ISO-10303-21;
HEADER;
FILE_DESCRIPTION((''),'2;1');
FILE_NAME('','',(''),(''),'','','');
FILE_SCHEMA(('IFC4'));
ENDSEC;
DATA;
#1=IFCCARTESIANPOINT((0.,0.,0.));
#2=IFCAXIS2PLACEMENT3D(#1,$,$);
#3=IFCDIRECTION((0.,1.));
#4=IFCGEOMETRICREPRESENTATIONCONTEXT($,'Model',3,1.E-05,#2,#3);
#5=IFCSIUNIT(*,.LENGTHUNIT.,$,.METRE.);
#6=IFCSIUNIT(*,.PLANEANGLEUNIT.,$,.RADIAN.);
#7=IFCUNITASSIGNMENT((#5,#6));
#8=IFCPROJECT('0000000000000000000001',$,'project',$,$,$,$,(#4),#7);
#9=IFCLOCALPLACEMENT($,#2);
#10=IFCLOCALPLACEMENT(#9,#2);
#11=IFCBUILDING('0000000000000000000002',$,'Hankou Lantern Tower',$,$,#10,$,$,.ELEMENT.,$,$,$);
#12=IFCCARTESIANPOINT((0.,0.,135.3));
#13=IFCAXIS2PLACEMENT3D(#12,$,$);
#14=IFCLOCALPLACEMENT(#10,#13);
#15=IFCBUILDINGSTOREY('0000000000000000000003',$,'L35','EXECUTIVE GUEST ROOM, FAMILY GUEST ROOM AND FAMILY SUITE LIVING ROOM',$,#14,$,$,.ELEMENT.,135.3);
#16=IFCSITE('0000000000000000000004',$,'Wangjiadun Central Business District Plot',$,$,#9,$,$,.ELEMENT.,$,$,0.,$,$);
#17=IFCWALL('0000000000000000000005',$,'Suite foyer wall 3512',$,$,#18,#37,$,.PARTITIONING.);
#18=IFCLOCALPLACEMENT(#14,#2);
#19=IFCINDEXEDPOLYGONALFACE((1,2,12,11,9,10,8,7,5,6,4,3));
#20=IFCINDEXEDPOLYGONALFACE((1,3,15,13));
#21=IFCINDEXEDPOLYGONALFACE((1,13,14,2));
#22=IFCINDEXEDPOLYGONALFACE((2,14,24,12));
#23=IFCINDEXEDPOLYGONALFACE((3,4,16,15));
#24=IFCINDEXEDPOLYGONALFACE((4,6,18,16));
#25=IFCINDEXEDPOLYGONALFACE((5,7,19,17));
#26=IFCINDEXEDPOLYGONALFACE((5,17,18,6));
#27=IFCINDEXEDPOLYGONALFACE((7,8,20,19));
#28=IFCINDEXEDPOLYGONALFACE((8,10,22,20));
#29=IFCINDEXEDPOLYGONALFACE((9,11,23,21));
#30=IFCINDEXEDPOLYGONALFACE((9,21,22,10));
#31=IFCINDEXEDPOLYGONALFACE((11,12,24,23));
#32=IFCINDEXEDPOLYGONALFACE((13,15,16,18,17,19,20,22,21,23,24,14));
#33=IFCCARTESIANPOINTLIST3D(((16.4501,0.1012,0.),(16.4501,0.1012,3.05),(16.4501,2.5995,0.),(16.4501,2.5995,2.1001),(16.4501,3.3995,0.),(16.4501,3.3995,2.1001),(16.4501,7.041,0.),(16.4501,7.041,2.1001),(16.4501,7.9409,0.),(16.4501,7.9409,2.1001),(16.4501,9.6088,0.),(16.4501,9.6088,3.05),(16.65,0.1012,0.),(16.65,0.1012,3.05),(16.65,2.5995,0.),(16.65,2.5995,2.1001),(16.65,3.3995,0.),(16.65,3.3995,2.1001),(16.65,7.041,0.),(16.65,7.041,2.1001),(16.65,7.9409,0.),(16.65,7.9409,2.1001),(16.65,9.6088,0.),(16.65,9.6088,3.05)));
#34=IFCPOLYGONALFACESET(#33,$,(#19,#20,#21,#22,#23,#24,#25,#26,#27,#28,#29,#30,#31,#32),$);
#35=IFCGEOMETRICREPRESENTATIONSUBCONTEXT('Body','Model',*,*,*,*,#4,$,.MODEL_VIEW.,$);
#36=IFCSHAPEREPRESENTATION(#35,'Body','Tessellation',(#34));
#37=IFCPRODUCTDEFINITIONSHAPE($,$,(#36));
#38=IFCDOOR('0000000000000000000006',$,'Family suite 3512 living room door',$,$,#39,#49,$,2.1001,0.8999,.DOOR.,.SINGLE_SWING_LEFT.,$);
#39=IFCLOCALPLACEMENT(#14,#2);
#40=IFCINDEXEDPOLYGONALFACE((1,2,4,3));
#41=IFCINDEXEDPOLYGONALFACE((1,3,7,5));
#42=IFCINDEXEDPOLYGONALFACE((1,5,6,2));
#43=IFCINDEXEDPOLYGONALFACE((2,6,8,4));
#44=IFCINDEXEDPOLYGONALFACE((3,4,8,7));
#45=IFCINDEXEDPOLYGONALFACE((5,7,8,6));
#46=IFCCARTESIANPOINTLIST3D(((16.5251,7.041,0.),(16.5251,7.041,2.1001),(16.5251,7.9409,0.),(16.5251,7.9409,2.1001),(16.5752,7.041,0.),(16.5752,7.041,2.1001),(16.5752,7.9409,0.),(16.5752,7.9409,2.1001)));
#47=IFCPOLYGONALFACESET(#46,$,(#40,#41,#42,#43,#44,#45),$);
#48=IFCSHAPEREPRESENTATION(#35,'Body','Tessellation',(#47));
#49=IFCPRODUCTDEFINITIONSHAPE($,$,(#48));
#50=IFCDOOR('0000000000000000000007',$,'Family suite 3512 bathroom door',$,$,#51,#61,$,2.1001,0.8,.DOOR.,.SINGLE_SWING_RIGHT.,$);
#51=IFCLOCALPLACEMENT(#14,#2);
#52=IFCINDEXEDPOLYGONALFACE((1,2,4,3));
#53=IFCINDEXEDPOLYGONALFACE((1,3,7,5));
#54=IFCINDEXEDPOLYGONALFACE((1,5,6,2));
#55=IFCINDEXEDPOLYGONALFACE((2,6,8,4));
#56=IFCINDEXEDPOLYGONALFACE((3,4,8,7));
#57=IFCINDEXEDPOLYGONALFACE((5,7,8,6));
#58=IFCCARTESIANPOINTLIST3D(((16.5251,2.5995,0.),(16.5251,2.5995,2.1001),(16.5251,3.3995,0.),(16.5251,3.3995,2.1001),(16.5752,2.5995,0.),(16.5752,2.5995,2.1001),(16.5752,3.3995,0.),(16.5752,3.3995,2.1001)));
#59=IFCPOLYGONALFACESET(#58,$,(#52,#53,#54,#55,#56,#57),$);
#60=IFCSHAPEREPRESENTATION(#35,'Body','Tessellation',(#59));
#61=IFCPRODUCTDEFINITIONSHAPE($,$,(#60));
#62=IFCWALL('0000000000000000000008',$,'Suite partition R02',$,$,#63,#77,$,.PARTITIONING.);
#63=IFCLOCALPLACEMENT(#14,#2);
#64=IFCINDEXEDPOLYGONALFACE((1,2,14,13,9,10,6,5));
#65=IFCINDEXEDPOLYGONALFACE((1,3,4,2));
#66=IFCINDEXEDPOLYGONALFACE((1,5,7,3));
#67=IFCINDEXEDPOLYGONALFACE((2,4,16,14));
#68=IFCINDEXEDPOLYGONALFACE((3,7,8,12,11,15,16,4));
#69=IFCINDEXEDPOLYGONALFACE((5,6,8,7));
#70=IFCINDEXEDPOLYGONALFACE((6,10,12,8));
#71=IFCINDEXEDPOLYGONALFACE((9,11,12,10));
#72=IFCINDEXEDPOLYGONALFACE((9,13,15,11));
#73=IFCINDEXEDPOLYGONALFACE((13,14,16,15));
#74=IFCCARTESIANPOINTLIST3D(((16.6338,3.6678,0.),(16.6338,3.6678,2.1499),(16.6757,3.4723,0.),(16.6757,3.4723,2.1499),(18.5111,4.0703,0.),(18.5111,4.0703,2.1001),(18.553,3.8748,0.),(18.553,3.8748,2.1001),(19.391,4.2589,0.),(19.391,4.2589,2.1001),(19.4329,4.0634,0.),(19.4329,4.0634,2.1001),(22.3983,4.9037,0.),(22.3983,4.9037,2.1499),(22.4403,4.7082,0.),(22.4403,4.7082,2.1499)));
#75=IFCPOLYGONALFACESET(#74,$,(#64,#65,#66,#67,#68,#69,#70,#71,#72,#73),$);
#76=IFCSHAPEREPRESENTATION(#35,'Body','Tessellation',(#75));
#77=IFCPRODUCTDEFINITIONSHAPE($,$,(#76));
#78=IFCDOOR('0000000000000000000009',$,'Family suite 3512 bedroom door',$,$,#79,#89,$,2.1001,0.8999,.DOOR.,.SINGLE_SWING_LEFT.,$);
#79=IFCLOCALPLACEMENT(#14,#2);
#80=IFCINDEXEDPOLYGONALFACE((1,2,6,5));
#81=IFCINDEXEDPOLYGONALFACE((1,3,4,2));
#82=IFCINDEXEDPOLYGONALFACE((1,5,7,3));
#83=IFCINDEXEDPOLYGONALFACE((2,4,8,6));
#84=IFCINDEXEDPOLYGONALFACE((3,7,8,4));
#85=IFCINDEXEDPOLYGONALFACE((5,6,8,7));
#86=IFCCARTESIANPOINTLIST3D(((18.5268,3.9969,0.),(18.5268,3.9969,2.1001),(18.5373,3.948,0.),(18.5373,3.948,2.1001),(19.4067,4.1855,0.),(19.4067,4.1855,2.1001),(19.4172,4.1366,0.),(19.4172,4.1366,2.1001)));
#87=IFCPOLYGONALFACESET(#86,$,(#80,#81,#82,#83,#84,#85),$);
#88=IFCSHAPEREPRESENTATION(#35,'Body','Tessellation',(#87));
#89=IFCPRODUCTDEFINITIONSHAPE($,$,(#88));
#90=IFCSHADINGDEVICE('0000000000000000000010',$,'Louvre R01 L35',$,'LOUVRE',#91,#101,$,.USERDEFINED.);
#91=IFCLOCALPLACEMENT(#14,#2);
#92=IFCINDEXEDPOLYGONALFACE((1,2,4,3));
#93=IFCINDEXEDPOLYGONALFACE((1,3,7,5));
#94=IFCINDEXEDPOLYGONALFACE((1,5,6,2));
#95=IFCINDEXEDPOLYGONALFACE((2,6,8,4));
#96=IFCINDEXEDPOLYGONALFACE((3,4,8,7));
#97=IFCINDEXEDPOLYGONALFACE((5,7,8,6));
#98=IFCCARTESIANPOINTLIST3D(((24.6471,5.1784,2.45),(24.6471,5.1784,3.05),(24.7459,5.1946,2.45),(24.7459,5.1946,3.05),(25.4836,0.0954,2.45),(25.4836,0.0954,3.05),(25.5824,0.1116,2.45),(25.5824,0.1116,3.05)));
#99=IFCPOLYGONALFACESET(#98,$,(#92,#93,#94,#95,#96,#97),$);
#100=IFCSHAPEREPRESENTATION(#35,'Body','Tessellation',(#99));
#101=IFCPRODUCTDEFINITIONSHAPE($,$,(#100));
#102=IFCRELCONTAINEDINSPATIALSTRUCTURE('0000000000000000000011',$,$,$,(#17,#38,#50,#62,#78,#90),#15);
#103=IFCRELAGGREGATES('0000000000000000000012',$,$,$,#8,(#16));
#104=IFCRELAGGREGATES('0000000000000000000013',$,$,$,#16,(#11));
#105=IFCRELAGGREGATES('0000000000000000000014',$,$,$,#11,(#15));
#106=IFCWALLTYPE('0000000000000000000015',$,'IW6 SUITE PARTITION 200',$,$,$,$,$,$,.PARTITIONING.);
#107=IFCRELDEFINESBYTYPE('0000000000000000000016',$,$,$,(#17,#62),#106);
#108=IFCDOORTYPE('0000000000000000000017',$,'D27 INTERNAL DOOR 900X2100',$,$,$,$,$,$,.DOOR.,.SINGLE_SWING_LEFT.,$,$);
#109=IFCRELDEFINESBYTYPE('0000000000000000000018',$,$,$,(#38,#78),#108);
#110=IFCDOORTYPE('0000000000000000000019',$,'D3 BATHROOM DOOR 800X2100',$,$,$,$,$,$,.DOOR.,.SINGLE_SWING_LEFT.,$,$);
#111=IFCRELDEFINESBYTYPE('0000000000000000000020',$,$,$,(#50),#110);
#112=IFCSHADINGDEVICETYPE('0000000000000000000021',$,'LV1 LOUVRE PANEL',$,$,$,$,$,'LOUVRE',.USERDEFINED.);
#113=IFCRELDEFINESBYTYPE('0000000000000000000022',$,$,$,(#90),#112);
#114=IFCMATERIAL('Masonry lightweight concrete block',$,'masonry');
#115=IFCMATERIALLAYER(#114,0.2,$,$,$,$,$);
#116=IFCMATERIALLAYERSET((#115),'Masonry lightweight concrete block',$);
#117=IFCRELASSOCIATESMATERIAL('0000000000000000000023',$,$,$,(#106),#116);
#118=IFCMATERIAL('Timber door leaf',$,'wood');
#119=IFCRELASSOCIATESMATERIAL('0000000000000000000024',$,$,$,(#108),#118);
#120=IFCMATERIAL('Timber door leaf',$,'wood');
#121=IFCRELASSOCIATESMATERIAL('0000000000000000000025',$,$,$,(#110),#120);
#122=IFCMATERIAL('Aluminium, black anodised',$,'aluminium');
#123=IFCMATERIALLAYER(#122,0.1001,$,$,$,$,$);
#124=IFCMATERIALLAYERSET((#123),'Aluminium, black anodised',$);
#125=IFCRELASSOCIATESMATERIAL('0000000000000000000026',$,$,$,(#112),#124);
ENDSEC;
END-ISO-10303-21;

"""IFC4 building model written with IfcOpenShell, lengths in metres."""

from ifc_helpers import new_model, si_unit, direction, frame, frame_2d, origin, origin_2d, place, context, subcontext, project, spatial, rectangle, extrude, material, layer, layer_set, type_object, element, fill, save


model = new_model("IFC4")

# Units and contexts
model_context = context("Model", 3, precision=1e-05, world=origin(), true_north=direction((0.0, 1.0)))
body_context = subcontext(model_context, "Body", "Model", "MODEL_VIEW")
ifc_project = project(units=[si_unit("LENGTHUNIT", "METRE"), si_unit("PLANEANGLEUNIT", "RADIAN")], contexts=[model_context])

# Site, building, storey
site_placement = place(None, origin())
site = spatial("IfcSite", under=ifc_project, at=site_placement, Name="Wangjiadun Central Business District Plot", CompositionType="ELEMENT", RefElevation=0.0)
building_placement = place(site_placement, origin())
building = spatial("IfcBuilding", under=site, at=building_placement, Name="Hankou Lantern Tower", CompositionType="ELEMENT")
storey_placement = place(building_placement, frame((0.0, 0.0, 135.3)))
storey = spatial("IfcBuildingStorey", under=building, at=storey_placement, Name="L35", Description="EXECUTIVE GUEST ROOM, FAMILY GUEST ROOM AND FAMILY SUITE LIVING ROOM", CompositionType="ELEMENT", Elevation=135.3)

# Wall, openings, doors
ifc_material_1 = material(Name="Masonry lightweight concrete block", Category="masonry")
ifc_layer_1 = layer(ifc_material_1, 0.2)
ifc_layer_set_1 = layer_set([ifc_layer_1], Name="Masonry lightweight concrete block")
wall_type_1 = type_object("IfcWallType", Name="IW6 SUITE PARTITION 200", PredefinedType="PARTITIONING", material=ifc_layer_set_1)
wall_1_placement = place(storey_placement, frame((16.55, 0.1011, 0.0), z_axis=(0.0, 0.0, 1.0), x_axis=(0.0, 1.0, 0.0)))
wall_1 = element("IfcWall", 1, at=wall_1_placement, inside=storey, type_object=wall_type_1, Name="Suite foyer wall 3512", PredefinedType="PARTITIONING", context=body_context, shape_type="SweptSolid", body=[
    extrude(rectangle(XDim=9.5076, YDim=0.2, at=frame_2d((4.7539, 0.0))), origin(), (0.0, 0.0, 1.0), 3.05),
])
opening_1_placement = place(wall_1_placement, frame((2.4985, 0.0, 0.0)))
opening_1 = element("IfcOpeningElement", 2, at=opening_1_placement, cuts=wall_1, PredefinedType="OPENING", context=body_context, shape_type="SweptSolid", body=[
    extrude(rectangle(XDim=0.8, YDim=2.1001, at=frame_2d((0.3999, 1.05))), frame((0.0, 0.1099, 0.0), z_axis=(0.0, -1.0, 0.0), x_axis=(1.0, 0.0, 0.0)), (0.0, 0.0, 1.0), 0.22),
])
opening_2_placement = place(wall_1_placement, frame((6.9399, 0.0, 0.0)))
opening_2 = element("IfcOpeningElement", 3, at=opening_2_placement, cuts=wall_1, PredefinedType="OPENING", context=body_context, shape_type="SweptSolid", body=[
    extrude(rectangle(XDim=0.8999, YDim=2.1001, at=frame_2d((0.45, 1.05))), frame((0.0, 0.1099, 0.0), z_axis=(0.0, -1.0, 0.0), x_axis=(1.0, 0.0, 0.0)), (0.0, 0.0, 1.0), 0.22),
])
ifc_material_2 = material(Name="Timber door leaf", Category="wood")
door_type_1 = type_object("IfcDoorType", Name="D27 INTERNAL DOOR 900X2100", OperationType="SINGLE_SWING_LEFT", PredefinedType="DOOR", material=ifc_material_2)
door_1_placement = place(opening_2_placement, origin())
door_1 = element("IfcDoor", 4, at=door_1_placement, inside=storey, type_object=door_type_1, Name="Family suite 3512 living room door", OperationType="SINGLE_SWING_LEFT", OverallHeight=2.1001, OverallWidth=0.8999, PredefinedType="DOOR", context=body_context, shape_type="SweptSolid", body=[
    extrude(rectangle(XDim=0.8999, YDim=2.1001, at=frame_2d((0.45, 1.05))), frame((0.0, 0.0249, 0.0), z_axis=(0.0, -1.0, 0.0), x_axis=(1.0, 0.0, 0.0)), (0.0, 0.0, 1.0), 0.05),
])
fill(opening_2, door_1)
ifc_material_3 = material(Name="Timber door leaf", Category="wood")
door_type_2 = type_object("IfcDoorType", Name="D3 BATHROOM DOOR 800X2100", OperationType="SINGLE_SWING_LEFT", PredefinedType="DOOR", material=ifc_material_3)
door_2_placement = place(opening_1_placement, origin())
door_2 = element("IfcDoor", 5, at=door_2_placement, inside=storey, type_object=door_type_2, Name="Family suite 3512 bathroom door", OperationType="SINGLE_SWING_RIGHT", OverallHeight=2.1001, OverallWidth=0.8, PredefinedType="DOOR", context=body_context, shape_type="SweptSolid", body=[
    extrude(rectangle(XDim=0.8, YDim=2.1001, at=frame_2d((0.3999, 1.05))), frame((0.0, 0.0249, 0.0), z_axis=(0.0, -1.0, 0.0), x_axis=(1.0, 0.0, 0.0)), (0.0, 0.0, 1.0), 0.05),
])
fill(opening_1, door_2)

# Wall, opening, door
wall_2_placement = place(storey_placement, frame((16.6548, 3.5701, 0.0), z_axis=(0.0, 0.0, 1.0), x_axis=(0.977781, 0.209628, 0.0)))
wall_2 = element("IfcWall", 6, at=wall_2_placement, inside=storey, type_object=wall_type_1, Name="Suite partition R02", PredefinedType="PARTITIONING", context=body_context, shape_type="SweptSolid", body=[
    extrude(rectangle(XDim=5.8955, YDim=0.2, at=frame_2d((2.9478, 0.0))), origin(), (0.0, 0.0, 1.0), 2.1499),
])
opening_3_placement = place(wall_2_placement, frame((1.9199, 0.0, 0.0)))
opening_3 = element("IfcOpeningElement", 7, at=opening_3_placement, cuts=wall_2, PredefinedType="OPENING", context=body_context, shape_type="SweptSolid", body=[
    extrude(rectangle(XDim=0.8999, YDim=2.1001, at=frame_2d((0.45, 1.05))), frame((0.0, 0.1099, 0.0), z_axis=(0.0, -1.0, 0.0), x_axis=(1.0, 0.0, 0.0)), (0.0, 0.0, 1.0), 0.22),
])
door_3_placement = place(opening_3_placement, origin())
door_3 = element("IfcDoor", 8, at=door_3_placement, inside=storey, type_object=door_type_1, Name="Family suite 3512 bedroom door", OperationType="SINGLE_SWING_LEFT", OverallHeight=2.1001, OverallWidth=0.8999, PredefinedType="DOOR", context=body_context, shape_type="SweptSolid", body=[
    extrude(rectangle(XDim=0.8999, YDim=2.1001, at=frame_2d((0.45, 1.05))), frame((0.0, 0.0249, 0.0), z_axis=(0.0, -1.0, 0.0), x_axis=(1.0, 0.0, 0.0)), (0.0, 0.0, 1.0), 0.05),
])
fill(opening_3, door_3)

# Shading device
ifc_material_4 = material(Name="Aluminium, black anodised", Category="aluminium")
ifc_layer_2 = layer(ifc_material_4, 0.1001)
ifc_layer_set_2 = layer_set([ifc_layer_2], Name="Aluminium, black anodised")
shading_device_type = type_object("IfcShadingDeviceType", Name="LV1 LOUVRE PANEL", ElementType="LOUVRE", PredefinedType="USERDEFINED", material=ifc_layer_set_2)
shading_device_placement = place(storey_placement, frame((25.1147, 2.645, 2.45), z_axis=(0.0, 0.0, 1.0), x_axis=(-0.162382, 0.986728, 0.0)))
element("IfcShadingDevice", 9, at=shading_device_placement, inside=storey, type_object=shading_device_type, Name="Louvre R01 L35", ObjectType="LOUVRE", PredefinedType="USERDEFINED", context=body_context, shape_type="SweptSolid", body=[
    extrude(rectangle(XDim=5.1514, YDim=0.1001, at=origin_2d()), origin(), (0.0, 0.0, 1.0), 0.6001),
])

save(model, "model.ifc")
